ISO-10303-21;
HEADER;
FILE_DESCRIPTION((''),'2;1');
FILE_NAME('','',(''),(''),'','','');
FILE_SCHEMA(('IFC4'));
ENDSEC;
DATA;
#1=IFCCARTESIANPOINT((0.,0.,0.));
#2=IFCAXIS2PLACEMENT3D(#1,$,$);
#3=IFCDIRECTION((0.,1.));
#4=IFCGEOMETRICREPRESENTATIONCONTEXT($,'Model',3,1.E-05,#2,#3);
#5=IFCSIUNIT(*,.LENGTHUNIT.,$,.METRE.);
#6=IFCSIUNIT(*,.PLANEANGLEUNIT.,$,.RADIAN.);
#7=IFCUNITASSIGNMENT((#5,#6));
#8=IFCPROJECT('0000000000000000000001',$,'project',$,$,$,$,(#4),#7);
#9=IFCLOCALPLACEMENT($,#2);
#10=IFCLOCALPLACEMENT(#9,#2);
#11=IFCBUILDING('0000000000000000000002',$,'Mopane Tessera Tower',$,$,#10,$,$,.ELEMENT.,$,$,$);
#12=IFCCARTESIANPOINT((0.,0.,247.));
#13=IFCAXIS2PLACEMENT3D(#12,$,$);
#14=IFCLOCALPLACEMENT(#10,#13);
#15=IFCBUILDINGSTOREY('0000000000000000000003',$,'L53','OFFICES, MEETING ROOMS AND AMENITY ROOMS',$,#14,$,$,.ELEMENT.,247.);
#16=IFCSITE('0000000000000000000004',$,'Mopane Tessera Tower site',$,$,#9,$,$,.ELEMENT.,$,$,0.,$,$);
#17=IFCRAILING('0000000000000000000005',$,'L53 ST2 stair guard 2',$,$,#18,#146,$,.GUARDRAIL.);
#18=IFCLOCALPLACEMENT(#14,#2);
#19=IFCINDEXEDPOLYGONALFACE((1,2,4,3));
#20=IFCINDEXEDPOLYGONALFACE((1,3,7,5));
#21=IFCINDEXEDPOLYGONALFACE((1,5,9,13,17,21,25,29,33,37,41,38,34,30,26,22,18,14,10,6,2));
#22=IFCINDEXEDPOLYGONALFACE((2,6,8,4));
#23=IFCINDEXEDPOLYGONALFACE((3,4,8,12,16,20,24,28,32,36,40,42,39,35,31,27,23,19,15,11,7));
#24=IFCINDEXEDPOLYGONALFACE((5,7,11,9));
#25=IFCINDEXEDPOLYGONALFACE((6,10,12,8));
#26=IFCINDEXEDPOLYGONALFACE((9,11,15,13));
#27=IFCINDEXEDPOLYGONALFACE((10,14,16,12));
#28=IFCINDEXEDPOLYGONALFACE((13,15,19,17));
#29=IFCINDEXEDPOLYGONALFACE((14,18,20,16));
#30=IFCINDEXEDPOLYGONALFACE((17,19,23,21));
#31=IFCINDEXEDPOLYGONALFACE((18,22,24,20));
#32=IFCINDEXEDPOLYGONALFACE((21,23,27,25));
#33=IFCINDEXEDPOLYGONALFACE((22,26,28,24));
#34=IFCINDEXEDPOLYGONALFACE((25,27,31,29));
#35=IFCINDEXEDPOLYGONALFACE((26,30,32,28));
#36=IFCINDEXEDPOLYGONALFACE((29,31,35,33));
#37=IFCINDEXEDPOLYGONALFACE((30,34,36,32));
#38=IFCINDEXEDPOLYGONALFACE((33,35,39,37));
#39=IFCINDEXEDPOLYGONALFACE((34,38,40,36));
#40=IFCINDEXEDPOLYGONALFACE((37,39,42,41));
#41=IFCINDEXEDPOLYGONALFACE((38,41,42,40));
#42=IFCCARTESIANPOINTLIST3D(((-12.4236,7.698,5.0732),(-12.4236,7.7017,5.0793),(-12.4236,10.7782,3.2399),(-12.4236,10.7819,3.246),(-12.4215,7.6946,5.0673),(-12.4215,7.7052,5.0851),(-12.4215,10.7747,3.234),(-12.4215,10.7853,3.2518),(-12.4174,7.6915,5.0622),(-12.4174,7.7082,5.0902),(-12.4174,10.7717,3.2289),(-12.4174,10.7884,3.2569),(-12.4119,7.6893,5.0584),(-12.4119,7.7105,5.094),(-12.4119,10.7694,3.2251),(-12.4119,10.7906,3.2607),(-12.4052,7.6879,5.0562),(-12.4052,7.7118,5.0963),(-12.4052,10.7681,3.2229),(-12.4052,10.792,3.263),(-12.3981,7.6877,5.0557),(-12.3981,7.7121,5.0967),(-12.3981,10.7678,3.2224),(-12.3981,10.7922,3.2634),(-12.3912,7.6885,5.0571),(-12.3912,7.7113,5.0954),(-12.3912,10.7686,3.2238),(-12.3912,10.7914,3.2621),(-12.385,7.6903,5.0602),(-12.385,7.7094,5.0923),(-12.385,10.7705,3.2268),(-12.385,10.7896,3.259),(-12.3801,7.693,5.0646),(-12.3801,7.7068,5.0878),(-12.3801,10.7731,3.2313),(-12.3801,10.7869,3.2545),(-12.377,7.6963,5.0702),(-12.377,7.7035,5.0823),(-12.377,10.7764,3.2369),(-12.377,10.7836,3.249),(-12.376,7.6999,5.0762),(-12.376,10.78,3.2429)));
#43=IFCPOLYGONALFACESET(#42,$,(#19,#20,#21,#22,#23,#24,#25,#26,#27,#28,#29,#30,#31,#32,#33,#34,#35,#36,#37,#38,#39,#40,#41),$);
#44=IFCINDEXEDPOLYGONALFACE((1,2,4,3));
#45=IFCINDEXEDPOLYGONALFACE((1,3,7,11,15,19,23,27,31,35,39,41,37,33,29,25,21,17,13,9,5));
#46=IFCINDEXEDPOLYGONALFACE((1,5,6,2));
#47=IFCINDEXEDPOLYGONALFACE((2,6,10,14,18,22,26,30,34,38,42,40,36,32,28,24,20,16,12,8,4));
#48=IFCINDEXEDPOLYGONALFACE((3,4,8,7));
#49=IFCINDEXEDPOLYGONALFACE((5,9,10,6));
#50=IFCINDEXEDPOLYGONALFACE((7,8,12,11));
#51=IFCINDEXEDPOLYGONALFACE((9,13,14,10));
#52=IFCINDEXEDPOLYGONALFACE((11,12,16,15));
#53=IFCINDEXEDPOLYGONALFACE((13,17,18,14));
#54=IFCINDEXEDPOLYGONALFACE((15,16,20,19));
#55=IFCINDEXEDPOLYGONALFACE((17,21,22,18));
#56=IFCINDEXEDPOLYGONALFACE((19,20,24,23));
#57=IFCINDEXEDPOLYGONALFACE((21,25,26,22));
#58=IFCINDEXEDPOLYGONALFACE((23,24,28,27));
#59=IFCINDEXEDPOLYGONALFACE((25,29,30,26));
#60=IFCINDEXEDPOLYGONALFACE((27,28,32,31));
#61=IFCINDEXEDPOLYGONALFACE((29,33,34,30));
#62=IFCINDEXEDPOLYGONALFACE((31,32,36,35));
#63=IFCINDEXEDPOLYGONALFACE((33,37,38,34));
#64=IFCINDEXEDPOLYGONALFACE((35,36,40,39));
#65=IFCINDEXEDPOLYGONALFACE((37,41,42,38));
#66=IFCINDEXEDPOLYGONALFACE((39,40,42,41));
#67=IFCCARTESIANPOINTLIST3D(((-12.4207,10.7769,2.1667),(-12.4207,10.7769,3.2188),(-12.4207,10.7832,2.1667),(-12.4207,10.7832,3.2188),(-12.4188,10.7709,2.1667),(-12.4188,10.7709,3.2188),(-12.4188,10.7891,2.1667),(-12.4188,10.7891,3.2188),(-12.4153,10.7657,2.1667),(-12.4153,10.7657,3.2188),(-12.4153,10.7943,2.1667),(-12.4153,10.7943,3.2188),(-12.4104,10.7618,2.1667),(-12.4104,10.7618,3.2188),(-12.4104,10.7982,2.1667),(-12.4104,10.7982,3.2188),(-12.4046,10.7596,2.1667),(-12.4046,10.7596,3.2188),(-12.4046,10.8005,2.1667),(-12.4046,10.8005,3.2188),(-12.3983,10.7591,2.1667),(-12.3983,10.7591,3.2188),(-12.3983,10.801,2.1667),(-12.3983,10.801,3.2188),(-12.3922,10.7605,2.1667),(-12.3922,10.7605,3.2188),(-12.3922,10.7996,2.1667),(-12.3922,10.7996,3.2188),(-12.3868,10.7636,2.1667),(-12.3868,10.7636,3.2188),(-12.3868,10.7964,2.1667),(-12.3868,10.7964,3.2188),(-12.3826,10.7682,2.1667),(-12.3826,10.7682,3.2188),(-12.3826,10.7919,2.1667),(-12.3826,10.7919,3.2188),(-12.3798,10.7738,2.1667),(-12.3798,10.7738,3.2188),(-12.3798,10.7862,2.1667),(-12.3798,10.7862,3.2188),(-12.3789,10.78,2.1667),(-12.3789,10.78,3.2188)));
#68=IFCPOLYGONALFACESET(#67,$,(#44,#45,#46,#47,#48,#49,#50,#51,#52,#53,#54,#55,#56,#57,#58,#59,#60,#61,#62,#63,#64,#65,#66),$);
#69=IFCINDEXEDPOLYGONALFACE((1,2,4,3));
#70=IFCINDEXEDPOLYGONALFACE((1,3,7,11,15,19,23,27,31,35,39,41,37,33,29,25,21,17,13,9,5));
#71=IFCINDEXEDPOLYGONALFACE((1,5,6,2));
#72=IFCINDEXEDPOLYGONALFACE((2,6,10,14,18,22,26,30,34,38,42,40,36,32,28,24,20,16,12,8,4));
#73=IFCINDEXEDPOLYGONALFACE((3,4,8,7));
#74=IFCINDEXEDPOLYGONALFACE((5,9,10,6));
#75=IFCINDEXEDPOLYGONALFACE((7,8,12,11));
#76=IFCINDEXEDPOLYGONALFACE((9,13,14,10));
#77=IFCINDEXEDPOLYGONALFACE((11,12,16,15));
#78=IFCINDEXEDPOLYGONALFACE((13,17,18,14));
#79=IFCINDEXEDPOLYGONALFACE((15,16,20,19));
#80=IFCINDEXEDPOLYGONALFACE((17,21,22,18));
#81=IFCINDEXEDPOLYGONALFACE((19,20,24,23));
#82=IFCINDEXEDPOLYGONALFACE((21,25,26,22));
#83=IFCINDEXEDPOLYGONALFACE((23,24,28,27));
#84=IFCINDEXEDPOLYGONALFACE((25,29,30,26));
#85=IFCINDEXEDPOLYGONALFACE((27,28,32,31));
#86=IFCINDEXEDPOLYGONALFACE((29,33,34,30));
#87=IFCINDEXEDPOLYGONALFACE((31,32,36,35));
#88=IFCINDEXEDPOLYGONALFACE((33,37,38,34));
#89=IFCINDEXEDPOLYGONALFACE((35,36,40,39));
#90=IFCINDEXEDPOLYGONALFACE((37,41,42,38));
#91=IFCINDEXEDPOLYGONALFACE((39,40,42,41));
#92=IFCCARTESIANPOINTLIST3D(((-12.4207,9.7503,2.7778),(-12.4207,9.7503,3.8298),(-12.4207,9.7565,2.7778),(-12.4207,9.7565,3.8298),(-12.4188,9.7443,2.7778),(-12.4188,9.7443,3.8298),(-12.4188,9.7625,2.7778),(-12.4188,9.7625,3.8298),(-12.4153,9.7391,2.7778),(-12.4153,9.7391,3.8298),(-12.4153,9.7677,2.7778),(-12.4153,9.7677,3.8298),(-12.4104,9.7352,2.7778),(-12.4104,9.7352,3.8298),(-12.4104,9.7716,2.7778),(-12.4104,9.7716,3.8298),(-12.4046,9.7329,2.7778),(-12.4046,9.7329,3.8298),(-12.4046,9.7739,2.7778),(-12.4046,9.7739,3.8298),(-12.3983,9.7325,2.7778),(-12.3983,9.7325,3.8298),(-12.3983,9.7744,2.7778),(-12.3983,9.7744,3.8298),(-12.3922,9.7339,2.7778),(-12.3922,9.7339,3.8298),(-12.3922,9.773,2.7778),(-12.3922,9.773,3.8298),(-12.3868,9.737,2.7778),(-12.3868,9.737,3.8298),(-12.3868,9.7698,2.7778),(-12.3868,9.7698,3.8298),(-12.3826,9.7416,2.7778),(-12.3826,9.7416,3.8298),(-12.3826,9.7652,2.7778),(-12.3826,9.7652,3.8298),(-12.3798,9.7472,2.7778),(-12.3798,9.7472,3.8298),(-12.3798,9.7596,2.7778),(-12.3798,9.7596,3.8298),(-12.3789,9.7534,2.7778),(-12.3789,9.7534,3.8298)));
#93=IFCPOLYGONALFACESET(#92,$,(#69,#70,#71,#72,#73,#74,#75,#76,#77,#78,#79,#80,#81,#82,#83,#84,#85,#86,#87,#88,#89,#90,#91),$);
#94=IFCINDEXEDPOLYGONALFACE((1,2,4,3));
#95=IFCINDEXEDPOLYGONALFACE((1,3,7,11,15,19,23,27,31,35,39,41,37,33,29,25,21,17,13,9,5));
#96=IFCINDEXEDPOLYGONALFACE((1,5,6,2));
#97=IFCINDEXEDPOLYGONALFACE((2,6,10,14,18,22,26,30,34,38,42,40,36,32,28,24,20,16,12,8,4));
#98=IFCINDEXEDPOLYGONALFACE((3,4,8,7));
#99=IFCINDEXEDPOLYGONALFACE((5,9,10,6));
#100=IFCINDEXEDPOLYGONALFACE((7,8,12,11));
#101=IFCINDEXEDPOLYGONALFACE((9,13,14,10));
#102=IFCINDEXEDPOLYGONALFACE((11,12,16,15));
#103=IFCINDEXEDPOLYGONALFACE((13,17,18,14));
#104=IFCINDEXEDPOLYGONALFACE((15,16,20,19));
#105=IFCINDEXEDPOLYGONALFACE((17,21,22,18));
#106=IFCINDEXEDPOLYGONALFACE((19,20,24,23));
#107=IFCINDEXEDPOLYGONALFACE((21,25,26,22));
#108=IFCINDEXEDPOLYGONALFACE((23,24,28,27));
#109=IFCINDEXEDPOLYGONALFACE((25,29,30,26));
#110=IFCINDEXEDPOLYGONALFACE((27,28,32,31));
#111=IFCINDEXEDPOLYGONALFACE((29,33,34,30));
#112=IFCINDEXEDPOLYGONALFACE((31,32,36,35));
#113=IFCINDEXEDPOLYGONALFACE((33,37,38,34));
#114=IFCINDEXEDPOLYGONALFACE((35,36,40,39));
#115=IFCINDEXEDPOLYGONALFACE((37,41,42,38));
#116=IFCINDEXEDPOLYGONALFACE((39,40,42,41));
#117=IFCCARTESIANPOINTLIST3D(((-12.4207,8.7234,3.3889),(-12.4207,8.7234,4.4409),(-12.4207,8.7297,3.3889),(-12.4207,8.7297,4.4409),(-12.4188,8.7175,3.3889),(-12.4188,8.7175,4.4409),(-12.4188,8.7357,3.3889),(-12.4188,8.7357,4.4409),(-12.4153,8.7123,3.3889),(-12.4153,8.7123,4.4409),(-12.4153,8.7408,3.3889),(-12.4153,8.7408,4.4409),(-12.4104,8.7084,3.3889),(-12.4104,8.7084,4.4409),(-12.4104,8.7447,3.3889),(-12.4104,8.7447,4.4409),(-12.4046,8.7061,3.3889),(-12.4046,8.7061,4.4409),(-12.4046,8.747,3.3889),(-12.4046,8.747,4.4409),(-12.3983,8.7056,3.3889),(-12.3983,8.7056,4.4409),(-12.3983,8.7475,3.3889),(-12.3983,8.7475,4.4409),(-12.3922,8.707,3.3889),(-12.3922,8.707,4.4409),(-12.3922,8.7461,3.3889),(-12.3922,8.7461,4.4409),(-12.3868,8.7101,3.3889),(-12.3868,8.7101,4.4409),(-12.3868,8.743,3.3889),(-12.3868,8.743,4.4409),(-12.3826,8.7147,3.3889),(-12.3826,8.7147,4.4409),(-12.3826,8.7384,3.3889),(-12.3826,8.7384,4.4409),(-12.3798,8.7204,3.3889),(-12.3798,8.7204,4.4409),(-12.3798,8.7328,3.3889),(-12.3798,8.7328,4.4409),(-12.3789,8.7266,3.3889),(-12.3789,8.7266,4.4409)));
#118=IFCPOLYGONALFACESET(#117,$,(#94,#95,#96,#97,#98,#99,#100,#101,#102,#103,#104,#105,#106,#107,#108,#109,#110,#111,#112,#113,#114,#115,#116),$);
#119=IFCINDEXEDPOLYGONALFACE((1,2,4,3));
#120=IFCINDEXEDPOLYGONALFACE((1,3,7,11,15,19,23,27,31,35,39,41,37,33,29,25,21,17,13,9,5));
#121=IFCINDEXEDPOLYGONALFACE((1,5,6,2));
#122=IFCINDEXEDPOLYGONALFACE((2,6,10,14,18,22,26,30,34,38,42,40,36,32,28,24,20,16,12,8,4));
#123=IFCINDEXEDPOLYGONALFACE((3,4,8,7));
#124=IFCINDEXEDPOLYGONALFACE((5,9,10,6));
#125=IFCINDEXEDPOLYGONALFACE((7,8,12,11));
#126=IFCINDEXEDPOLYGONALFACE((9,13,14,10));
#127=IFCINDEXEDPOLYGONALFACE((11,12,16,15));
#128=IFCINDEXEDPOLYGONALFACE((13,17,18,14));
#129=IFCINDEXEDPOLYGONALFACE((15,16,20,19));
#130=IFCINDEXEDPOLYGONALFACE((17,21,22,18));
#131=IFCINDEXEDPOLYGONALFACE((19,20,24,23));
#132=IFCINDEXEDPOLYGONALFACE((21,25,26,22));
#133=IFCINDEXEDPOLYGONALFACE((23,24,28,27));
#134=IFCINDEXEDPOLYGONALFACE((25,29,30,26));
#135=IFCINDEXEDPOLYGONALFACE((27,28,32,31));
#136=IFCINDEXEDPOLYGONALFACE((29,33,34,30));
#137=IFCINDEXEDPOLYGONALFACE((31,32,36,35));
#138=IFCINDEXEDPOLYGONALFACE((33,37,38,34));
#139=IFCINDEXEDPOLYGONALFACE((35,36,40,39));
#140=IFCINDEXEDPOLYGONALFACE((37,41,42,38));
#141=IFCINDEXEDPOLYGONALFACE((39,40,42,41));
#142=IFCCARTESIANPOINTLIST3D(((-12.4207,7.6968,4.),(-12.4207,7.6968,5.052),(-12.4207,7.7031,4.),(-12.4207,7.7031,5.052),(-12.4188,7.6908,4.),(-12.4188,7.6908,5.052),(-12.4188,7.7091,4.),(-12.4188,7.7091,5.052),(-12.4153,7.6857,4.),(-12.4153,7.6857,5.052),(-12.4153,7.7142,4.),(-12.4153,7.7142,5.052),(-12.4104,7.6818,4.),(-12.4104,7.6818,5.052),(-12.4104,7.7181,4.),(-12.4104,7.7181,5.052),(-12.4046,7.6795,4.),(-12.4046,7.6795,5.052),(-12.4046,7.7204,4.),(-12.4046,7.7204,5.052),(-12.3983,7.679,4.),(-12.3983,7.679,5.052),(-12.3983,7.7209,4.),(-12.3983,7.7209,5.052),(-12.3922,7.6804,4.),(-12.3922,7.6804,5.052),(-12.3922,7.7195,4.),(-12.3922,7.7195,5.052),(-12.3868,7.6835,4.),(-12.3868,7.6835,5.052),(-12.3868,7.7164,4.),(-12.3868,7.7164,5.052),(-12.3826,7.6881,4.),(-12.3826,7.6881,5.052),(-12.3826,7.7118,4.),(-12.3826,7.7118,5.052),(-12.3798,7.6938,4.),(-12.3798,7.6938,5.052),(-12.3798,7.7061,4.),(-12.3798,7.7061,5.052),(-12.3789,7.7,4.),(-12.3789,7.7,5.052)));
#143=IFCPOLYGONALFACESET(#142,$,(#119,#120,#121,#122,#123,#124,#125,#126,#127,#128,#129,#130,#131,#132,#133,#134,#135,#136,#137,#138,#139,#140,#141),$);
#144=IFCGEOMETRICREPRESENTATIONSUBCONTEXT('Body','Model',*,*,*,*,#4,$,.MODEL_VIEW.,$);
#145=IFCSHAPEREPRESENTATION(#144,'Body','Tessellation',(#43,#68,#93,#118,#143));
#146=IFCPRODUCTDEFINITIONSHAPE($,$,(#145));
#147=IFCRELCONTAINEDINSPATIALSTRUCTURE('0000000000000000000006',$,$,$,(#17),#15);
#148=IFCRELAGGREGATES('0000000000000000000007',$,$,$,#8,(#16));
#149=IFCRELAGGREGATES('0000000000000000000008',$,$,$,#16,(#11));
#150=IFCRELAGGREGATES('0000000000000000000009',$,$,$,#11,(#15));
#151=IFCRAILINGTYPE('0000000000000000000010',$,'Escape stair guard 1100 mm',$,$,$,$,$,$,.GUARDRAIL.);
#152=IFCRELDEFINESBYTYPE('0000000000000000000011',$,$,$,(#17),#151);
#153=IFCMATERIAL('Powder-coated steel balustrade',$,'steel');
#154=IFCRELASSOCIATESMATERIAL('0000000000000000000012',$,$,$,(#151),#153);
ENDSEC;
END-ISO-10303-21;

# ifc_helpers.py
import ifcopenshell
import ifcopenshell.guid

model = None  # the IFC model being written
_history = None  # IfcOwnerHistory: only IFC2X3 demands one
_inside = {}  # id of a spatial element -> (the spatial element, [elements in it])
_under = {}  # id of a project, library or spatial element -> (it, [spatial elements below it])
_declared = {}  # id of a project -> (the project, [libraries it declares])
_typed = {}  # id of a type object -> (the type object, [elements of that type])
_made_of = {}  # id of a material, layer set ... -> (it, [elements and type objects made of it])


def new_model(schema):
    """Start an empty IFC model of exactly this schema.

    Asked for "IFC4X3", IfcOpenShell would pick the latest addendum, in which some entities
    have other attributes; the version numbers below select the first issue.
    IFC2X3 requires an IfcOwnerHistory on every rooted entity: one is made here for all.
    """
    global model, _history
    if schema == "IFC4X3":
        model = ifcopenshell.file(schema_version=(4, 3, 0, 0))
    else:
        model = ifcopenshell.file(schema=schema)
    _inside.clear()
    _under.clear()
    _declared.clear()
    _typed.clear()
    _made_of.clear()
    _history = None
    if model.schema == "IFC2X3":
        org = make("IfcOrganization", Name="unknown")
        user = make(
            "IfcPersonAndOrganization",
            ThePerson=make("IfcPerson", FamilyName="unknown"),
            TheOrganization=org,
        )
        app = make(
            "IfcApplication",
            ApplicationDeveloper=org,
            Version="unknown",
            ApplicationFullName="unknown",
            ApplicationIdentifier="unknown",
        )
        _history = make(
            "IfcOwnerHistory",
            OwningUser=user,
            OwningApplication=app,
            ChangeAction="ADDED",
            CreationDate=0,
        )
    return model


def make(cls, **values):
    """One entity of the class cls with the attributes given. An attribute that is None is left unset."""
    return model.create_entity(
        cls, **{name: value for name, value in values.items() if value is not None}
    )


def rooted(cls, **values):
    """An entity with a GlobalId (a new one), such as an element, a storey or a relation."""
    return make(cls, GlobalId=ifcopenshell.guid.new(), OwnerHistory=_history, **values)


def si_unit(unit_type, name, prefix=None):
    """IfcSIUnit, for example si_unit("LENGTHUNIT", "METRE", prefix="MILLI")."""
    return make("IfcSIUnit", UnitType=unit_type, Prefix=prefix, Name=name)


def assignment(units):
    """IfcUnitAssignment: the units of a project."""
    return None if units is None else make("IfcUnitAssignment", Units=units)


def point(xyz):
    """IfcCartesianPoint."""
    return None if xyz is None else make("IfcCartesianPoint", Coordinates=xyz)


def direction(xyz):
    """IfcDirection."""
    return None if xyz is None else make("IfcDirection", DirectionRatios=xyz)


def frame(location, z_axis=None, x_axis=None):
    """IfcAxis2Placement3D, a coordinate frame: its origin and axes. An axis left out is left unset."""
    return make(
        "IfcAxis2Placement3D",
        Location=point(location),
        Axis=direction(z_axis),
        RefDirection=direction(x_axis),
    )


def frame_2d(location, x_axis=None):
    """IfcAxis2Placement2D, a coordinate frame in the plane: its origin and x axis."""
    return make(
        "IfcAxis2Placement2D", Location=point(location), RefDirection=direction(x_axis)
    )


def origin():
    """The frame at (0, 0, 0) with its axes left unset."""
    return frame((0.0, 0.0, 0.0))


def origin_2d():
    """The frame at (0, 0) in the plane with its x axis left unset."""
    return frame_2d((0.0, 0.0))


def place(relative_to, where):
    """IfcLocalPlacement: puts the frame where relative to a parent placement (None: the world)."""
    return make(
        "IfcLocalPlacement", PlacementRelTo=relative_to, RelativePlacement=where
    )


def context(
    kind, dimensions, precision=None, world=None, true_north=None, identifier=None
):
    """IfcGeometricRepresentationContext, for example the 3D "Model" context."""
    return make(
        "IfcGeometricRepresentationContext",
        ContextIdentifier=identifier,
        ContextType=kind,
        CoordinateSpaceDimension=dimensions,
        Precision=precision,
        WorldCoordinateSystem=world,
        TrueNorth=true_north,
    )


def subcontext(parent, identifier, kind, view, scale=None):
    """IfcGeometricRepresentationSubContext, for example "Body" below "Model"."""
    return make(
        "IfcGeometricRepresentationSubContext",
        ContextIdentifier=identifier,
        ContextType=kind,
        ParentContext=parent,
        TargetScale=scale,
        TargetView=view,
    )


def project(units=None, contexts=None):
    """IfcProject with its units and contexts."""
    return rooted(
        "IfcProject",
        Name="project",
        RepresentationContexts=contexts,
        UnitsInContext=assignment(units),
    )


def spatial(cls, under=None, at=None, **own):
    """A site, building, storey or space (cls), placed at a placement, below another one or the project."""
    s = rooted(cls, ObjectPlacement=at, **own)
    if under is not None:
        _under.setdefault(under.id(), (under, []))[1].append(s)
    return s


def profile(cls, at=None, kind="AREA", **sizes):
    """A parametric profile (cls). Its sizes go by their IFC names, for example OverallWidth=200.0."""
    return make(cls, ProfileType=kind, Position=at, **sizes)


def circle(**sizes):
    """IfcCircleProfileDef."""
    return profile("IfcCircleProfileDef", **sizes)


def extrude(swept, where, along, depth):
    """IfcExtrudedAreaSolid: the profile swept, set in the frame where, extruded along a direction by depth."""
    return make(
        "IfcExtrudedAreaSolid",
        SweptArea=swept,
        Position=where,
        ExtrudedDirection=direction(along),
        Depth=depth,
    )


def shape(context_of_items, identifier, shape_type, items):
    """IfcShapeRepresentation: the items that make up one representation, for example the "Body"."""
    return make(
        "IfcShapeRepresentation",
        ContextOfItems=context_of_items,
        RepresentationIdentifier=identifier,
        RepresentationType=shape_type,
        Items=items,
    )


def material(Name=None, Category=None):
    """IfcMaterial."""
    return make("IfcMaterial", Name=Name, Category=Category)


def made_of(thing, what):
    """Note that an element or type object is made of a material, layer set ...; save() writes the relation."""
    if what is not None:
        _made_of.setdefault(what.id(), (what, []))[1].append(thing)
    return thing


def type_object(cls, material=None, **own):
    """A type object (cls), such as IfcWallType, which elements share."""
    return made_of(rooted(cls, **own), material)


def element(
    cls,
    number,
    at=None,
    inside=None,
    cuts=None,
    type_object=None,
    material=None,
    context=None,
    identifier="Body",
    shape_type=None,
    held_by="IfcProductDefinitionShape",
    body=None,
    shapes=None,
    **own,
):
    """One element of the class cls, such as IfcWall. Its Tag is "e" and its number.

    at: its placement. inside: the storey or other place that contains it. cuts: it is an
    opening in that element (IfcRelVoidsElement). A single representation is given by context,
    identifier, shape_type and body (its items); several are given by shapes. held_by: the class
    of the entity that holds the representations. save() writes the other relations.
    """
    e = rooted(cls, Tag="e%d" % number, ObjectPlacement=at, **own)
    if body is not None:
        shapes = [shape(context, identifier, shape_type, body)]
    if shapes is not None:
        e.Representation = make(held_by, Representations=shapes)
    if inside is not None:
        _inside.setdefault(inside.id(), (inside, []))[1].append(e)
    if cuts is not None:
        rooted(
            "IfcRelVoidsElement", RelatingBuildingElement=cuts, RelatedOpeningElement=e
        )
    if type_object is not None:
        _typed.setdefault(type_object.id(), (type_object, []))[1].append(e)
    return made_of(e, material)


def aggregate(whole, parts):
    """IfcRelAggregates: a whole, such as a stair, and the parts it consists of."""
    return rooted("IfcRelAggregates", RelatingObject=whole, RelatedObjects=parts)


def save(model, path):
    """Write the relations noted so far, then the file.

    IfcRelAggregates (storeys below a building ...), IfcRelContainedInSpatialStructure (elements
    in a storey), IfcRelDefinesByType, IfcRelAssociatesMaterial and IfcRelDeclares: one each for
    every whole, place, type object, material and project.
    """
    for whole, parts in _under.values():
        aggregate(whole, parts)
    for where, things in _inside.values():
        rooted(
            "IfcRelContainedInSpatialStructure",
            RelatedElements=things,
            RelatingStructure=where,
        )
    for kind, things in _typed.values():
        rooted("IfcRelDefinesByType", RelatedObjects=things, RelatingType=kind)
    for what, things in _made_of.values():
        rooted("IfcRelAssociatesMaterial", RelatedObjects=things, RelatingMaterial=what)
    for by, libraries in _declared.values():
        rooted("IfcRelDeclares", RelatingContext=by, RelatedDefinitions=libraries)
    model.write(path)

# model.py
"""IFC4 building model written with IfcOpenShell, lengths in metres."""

from ifc_helpers import new_model, si_unit, direction, frame, origin, origin_2d, place, context, subcontext, project, spatial, circle, extrude, material, type_object, element, save


model = new_model("IFC4")

# Units and contexts
model_context = context("Model", 3, precision=1e-05, world=origin(), true_north=direction((0.0, 1.0)))
body_context = subcontext(model_context, "Body", "Model", "MODEL_VIEW")
ifc_project = project(units=[si_unit("LENGTHUNIT", "METRE"), si_unit("PLANEANGLEUNIT", "RADIAN")], contexts=[model_context])

# Site, building, storey
site_placement = place(None, origin())
site = spatial("IfcSite", under=ifc_project, at=site_placement, Name="Mopane Tessera Tower site", CompositionType="ELEMENT", RefElevation=0.0)
building_placement = place(site_placement, origin())
building = spatial("IfcBuilding", under=site, at=building_placement, Name="Mopane Tessera Tower", CompositionType="ELEMENT")
storey_placement = place(building_placement, frame((0.0, 0.0, 247.0)))
storey = spatial("IfcBuildingStorey", under=building, at=storey_placement, Name="L53", Description="OFFICES, MEETING ROOMS AND AMENITY ROOMS", CompositionType="ELEMENT", Elevation=247.0)

# Railing
ifc_material_1 = material(Name="Powder-coated steel balustrade", Category="steel")
railing_type_1 = type_object("IfcRailingType", Name="Escape stair guard 1100 mm", PredefinedType="GUARDRAIL", material=ifc_material_1)
railing_1_placement = place(storey_placement, frame((-12.3999, 10.78, 2.1667)))
element("IfcRailing", 1, at=railing_1_placement, inside=storey, type_object=railing_type_1, Name="L53 ST2 stair guard 2", PredefinedType="GUARDRAIL", context=body_context, shape_type="SweptSolid", body=[
    extrude(circle(Radius=0.0239, at=origin_2d()), frame((0.0, 0.0, 1.0762), z_axis=(0.0, -0.859309, 0.511458), x_axis=(1.0, 0.0, 0.0)), (0.0, 0.0, 1.0), 3.5845),
    extrude(circle(Radius=0.021, at=origin_2d()), origin(), (0.0, 0.0, 1.0), 1.052),
    extrude(circle(Radius=0.021, at=origin_2d()), frame((0.0, -1.0266, 0.6111)), (0.0, 0.0, 1.0), 1.052),
    extrude(circle(Radius=0.021, at=origin_2d()), frame((0.0, -2.0535, 1.2222)), (0.0, 0.0, 1.0), 1.052),
    extrude(circle(Radius=0.021, at=origin_2d()), frame((0.0, -3.0801, 1.8333)), (0.0, 0.0, 1.0), 1.052),
])

save(model, "model.ifc")
